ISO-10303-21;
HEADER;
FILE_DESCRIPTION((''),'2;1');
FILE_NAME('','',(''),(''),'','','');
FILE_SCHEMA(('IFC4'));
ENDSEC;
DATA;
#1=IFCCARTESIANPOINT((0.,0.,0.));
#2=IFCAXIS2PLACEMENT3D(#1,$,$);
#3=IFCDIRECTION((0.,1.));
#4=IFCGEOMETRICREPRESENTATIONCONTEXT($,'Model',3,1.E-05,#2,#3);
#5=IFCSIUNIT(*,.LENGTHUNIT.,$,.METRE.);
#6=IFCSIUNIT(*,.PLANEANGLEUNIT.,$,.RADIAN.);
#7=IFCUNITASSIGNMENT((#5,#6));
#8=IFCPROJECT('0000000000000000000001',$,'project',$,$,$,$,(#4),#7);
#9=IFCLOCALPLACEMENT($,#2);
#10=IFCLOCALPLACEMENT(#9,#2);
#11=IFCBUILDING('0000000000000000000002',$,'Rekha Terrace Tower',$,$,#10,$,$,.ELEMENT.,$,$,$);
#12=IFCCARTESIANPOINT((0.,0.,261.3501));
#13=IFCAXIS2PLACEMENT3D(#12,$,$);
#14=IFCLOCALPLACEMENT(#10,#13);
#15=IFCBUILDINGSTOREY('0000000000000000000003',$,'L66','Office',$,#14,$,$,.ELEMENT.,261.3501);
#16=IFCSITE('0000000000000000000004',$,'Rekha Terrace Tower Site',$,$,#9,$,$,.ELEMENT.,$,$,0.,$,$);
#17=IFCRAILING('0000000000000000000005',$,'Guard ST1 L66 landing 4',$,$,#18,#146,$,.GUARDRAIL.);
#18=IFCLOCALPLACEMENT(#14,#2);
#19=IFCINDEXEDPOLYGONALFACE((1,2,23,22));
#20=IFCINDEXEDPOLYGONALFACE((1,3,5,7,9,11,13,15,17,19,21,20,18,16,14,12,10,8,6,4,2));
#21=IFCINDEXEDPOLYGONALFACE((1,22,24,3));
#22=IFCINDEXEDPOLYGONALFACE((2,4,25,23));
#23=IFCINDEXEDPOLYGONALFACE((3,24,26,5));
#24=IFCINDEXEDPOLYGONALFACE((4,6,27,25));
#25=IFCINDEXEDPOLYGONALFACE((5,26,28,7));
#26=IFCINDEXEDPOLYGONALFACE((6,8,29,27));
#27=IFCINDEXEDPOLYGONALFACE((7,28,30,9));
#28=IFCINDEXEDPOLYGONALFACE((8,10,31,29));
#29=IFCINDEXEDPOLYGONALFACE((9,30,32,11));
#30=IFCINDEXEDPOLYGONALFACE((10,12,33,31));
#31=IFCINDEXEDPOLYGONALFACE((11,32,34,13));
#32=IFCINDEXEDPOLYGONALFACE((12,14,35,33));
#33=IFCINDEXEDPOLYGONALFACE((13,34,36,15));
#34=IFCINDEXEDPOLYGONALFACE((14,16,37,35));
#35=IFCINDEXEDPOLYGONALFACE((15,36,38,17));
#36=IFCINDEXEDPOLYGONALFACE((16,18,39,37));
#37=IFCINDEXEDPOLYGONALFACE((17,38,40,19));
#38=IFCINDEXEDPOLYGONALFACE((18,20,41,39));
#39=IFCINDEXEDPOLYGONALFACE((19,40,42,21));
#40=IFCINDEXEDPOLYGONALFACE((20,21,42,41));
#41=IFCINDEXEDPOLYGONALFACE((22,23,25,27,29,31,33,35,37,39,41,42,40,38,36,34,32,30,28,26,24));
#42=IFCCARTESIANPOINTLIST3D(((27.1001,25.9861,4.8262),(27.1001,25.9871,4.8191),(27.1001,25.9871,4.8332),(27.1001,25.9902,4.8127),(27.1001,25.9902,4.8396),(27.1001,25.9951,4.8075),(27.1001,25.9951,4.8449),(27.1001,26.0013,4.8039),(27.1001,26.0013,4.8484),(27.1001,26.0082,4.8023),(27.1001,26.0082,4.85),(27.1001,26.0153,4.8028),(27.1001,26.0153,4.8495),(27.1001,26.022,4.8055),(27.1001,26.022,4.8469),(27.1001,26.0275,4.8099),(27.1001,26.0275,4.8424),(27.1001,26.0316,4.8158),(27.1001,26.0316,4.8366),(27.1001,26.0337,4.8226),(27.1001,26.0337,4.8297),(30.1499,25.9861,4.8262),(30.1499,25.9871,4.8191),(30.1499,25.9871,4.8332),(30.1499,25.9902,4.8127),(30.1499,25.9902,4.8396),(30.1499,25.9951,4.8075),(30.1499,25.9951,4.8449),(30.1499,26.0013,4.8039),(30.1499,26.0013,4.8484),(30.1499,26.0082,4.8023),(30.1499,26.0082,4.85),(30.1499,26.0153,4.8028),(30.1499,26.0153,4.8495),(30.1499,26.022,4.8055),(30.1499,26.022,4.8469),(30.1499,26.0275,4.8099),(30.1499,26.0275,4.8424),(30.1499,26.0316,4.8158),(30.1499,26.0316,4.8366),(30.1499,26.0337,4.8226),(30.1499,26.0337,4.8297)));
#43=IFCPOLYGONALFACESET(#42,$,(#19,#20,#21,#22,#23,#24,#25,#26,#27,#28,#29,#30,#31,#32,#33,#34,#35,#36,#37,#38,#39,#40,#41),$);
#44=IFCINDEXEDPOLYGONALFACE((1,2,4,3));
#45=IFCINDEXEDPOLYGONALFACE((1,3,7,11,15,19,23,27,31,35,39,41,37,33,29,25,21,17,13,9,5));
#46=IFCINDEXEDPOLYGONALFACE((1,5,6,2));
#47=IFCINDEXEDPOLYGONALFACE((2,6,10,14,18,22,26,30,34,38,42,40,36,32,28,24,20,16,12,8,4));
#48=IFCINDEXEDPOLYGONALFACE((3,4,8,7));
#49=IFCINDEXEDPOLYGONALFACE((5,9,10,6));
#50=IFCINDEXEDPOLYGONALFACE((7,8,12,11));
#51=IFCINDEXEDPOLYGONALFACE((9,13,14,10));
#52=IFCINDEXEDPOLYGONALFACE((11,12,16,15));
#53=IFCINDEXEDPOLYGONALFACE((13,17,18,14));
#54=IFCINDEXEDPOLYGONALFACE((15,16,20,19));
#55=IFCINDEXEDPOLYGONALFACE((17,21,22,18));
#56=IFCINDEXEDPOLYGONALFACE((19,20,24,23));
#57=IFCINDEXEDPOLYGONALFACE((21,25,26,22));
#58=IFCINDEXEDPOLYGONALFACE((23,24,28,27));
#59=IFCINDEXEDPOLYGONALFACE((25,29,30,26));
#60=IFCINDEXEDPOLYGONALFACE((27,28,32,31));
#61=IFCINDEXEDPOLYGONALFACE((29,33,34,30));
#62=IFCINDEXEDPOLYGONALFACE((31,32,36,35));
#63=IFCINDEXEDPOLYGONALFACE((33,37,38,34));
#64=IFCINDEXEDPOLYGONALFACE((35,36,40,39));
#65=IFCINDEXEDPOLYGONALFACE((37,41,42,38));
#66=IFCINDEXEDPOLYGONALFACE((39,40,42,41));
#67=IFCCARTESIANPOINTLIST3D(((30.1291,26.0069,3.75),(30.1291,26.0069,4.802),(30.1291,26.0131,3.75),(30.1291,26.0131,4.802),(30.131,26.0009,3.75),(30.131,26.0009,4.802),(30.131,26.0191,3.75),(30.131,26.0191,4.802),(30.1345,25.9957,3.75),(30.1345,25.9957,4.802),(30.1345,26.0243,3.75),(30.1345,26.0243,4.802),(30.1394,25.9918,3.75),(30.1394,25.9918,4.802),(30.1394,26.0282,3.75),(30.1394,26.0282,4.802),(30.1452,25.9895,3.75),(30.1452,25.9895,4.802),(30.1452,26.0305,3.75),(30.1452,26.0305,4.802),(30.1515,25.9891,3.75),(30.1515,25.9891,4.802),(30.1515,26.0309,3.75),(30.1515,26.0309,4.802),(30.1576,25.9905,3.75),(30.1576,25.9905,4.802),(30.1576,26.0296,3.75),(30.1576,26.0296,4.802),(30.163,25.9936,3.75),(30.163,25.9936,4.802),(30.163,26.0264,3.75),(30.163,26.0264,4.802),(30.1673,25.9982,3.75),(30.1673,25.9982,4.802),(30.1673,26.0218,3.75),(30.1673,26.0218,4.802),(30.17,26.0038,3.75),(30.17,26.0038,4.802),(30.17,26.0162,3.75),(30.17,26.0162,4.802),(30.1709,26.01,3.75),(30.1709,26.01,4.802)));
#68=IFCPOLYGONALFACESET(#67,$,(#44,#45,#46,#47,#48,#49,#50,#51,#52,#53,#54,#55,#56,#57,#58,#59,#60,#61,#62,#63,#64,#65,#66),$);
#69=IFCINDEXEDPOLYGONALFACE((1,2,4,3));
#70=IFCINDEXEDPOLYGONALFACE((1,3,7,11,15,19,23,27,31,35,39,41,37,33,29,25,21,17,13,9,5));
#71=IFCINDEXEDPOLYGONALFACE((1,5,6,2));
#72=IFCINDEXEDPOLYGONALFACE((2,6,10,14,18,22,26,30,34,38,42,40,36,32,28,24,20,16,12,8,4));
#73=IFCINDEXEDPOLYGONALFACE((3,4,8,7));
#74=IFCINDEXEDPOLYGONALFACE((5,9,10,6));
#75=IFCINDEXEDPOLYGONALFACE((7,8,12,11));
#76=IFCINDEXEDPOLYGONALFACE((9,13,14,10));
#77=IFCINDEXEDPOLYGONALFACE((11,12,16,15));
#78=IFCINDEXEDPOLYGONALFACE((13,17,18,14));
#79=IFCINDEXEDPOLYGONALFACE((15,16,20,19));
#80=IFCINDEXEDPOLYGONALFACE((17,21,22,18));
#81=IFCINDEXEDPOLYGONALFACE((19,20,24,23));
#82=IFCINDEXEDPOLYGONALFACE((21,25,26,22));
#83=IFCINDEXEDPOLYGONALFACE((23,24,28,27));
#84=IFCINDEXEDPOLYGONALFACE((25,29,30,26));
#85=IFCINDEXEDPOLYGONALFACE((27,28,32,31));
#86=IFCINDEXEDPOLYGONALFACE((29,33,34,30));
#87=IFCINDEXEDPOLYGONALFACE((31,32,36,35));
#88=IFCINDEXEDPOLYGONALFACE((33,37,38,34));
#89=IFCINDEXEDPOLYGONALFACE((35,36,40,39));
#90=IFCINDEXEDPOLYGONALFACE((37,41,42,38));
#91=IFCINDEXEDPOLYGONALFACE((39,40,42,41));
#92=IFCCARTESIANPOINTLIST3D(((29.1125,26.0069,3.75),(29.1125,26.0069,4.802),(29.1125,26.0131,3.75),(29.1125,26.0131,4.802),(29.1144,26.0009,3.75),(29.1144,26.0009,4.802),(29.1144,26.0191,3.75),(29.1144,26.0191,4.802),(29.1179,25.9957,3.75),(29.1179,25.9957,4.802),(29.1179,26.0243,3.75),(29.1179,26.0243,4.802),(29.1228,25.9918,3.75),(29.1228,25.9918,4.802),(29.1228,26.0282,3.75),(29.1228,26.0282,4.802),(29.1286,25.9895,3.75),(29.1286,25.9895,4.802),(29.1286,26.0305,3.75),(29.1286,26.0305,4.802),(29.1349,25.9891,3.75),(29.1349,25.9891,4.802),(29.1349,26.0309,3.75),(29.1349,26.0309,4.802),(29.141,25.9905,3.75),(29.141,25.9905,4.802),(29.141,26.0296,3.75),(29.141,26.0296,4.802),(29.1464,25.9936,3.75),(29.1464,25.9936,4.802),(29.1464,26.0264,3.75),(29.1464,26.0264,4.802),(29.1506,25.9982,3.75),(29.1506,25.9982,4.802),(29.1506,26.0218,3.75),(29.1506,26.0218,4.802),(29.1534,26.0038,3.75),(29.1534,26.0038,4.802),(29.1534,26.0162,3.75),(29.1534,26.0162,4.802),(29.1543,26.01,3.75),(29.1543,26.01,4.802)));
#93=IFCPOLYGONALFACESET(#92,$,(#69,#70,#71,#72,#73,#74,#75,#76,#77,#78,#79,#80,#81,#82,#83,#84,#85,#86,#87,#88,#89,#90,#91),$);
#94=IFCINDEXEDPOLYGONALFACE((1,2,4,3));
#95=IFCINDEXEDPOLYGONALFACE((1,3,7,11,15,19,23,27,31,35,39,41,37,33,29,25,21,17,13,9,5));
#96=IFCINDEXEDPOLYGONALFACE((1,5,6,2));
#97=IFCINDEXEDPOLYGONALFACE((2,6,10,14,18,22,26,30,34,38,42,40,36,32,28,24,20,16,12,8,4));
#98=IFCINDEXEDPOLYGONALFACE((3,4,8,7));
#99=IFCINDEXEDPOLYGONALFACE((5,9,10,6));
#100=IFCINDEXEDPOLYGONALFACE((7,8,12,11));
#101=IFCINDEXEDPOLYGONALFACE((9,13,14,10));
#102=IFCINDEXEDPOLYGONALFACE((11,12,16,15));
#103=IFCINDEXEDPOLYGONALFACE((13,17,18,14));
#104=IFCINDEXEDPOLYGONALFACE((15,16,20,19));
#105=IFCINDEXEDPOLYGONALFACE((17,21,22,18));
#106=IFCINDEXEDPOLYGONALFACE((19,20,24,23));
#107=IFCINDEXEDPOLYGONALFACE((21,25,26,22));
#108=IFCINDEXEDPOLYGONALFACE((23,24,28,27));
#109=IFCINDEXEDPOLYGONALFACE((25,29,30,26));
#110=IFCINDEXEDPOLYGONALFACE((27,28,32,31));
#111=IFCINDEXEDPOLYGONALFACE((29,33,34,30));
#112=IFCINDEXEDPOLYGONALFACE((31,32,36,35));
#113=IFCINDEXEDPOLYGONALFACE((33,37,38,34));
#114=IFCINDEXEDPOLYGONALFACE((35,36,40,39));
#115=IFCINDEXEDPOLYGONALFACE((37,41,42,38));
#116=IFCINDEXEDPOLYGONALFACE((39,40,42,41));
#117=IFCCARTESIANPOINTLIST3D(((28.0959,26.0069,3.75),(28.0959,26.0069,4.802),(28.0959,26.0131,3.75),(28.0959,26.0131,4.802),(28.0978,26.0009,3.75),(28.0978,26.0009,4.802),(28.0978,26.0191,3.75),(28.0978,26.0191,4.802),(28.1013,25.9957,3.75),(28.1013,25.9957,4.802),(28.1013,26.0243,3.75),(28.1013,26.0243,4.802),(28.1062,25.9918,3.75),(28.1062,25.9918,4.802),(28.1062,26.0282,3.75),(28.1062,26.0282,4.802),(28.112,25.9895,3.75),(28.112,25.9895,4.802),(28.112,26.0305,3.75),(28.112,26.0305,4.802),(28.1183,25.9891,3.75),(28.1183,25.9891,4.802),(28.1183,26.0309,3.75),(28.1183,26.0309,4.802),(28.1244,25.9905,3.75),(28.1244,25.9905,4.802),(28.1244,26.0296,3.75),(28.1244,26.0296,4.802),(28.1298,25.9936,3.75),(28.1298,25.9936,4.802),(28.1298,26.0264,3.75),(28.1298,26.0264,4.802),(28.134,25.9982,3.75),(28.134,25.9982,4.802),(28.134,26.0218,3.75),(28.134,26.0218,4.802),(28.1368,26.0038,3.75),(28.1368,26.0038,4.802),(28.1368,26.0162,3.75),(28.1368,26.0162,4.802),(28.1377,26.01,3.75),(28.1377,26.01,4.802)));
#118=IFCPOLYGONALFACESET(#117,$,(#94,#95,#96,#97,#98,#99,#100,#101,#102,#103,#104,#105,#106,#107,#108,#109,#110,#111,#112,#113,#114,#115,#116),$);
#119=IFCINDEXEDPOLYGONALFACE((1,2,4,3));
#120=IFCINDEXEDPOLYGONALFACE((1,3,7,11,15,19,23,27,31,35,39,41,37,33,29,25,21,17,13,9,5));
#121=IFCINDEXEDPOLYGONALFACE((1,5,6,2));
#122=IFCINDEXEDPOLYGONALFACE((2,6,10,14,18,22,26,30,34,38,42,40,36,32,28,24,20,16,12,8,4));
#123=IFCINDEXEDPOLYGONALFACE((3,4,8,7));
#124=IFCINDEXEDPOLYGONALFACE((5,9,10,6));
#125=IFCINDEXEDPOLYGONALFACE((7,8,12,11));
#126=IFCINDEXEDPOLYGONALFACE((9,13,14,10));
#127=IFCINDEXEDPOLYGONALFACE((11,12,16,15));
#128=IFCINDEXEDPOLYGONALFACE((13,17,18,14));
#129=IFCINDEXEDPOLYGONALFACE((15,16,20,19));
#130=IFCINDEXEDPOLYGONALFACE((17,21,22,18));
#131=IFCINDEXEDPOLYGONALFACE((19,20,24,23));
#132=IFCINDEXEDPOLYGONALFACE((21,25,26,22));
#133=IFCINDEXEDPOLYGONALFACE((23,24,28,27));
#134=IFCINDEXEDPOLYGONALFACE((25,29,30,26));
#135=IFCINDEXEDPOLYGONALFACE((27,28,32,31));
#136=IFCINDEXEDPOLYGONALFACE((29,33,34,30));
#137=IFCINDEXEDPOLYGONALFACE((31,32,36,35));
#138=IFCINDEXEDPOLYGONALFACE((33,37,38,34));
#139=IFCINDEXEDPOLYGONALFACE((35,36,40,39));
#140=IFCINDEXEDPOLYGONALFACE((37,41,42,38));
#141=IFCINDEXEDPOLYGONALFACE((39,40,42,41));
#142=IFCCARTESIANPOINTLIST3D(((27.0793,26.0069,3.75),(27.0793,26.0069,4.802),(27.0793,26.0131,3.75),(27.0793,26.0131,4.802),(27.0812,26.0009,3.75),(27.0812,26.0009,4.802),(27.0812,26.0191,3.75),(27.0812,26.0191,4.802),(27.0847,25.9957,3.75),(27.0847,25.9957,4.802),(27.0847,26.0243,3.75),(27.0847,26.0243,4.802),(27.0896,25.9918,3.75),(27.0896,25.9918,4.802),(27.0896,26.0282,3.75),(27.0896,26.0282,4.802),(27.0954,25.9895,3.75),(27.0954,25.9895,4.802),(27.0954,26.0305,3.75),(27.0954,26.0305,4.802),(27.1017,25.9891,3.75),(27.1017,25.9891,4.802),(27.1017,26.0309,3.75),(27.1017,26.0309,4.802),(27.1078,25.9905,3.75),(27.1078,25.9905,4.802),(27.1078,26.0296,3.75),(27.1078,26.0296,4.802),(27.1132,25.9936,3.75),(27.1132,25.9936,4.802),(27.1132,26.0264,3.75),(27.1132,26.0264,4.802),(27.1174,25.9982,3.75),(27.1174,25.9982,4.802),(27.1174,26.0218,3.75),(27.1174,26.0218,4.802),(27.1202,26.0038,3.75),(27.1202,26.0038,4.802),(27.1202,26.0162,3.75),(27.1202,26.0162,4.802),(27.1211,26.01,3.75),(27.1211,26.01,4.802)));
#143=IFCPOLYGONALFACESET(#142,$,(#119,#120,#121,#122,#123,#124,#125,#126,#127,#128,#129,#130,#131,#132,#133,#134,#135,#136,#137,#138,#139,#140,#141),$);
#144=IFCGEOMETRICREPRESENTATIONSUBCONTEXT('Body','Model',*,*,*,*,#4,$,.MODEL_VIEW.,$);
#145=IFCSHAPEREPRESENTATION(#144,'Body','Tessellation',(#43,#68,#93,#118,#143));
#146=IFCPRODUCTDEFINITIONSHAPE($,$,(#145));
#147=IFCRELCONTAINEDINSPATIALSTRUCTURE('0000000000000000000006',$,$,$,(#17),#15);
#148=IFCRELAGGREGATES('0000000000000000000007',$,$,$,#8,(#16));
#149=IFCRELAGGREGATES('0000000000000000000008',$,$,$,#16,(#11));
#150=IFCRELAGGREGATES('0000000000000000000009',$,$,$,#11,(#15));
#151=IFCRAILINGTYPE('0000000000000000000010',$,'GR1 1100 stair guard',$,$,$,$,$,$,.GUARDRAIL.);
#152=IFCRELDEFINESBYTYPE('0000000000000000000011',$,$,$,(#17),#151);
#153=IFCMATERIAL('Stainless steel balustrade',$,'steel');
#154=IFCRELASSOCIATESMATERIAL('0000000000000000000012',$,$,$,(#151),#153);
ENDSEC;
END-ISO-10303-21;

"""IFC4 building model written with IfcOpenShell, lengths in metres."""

from ifc_helpers import new_model, si_unit, direction, frame, origin, origin_2d, place, context, subcontext, project, spatial, circle, extrude, material, type_object, element, save


model = new_model("IFC4")

# Units and contexts
model_context = context("Model", 3, precision=1e-05, world=origin(), true_north=direction((0.0, 1.0)))
body_context = subcontext(model_context, "Body", "Model", "MODEL_VIEW")
ifc_project = project(units=[si_unit("LENGTHUNIT", "METRE"), si_unit("PLANEANGLEUNIT", "RADIAN")], contexts=[model_context])

# Site, building, storey
site_placement = place(None, origin())
site = spatial("IfcSite", under=ifc_project, at=site_placement, Name="Rekha Terrace Tower Site", CompositionType="ELEMENT", RefElevation=0.0)
building_placement = place(site_placement, origin())
building = spatial("IfcBuilding", under=site, at=building_placement, Name="Rekha Terrace Tower", CompositionType="ELEMENT")
storey_placement = place(building_placement, frame((0.0, 0.0, 261.3501)))
storey = spatial("IfcBuildingStorey", under=building, at=storey_placement, Name="L66", Description="Office", CompositionType="ELEMENT", Elevation=261.3501)

# Railing
ifc_material_1 = material(Name="Stainless steel balustrade", Category="steel")
railing_type_1 = type_object("IfcRailingType", Name="GR1 1100 stair guard", PredefinedType="GUARDRAIL", material=ifc_material_1)
railing_1_placement = place(storey_placement, frame((30.1499, 26.01, 3.75)))
element("IfcRailing", 1, at=railing_1_placement, inside=storey, type_object=railing_type_1, Name="Guard ST1 L66 landing 4", PredefinedType="GUARDRAIL", context=body_context, shape_type="SweptSolid", body=[
    extrude(circle(Radius=0.0239, at=origin_2d()), frame((0.0, 0.0, 1.0762), z_axis=(-1.0, 0.0, 0.0), x_axis=(0.0, -1.0, 0.0)), (0.0, 0.0, 1.0), 3.0498),
    extrude(circle(Radius=0.021, at=origin_2d()), origin(), (0.0, 0.0, 1.0), 1.052),
    extrude(circle(Radius=0.021, at=origin_2d()), frame((-1.0166, 0.0, 0.0)), (0.0, 0.0, 1.0), 1.052),
    extrude(circle(Radius=0.021, at=origin_2d()), frame((-2.0332, 0.0, 0.0)), (0.0, 0.0, 1.0), 1.052),
    extrude(circle(Radius=0.021, at=origin_2d()), frame((-3.0498, 0.0, 0.0)), (0.0, 0.0, 1.0), 1.052),
])

save(model, "model.ifc")
